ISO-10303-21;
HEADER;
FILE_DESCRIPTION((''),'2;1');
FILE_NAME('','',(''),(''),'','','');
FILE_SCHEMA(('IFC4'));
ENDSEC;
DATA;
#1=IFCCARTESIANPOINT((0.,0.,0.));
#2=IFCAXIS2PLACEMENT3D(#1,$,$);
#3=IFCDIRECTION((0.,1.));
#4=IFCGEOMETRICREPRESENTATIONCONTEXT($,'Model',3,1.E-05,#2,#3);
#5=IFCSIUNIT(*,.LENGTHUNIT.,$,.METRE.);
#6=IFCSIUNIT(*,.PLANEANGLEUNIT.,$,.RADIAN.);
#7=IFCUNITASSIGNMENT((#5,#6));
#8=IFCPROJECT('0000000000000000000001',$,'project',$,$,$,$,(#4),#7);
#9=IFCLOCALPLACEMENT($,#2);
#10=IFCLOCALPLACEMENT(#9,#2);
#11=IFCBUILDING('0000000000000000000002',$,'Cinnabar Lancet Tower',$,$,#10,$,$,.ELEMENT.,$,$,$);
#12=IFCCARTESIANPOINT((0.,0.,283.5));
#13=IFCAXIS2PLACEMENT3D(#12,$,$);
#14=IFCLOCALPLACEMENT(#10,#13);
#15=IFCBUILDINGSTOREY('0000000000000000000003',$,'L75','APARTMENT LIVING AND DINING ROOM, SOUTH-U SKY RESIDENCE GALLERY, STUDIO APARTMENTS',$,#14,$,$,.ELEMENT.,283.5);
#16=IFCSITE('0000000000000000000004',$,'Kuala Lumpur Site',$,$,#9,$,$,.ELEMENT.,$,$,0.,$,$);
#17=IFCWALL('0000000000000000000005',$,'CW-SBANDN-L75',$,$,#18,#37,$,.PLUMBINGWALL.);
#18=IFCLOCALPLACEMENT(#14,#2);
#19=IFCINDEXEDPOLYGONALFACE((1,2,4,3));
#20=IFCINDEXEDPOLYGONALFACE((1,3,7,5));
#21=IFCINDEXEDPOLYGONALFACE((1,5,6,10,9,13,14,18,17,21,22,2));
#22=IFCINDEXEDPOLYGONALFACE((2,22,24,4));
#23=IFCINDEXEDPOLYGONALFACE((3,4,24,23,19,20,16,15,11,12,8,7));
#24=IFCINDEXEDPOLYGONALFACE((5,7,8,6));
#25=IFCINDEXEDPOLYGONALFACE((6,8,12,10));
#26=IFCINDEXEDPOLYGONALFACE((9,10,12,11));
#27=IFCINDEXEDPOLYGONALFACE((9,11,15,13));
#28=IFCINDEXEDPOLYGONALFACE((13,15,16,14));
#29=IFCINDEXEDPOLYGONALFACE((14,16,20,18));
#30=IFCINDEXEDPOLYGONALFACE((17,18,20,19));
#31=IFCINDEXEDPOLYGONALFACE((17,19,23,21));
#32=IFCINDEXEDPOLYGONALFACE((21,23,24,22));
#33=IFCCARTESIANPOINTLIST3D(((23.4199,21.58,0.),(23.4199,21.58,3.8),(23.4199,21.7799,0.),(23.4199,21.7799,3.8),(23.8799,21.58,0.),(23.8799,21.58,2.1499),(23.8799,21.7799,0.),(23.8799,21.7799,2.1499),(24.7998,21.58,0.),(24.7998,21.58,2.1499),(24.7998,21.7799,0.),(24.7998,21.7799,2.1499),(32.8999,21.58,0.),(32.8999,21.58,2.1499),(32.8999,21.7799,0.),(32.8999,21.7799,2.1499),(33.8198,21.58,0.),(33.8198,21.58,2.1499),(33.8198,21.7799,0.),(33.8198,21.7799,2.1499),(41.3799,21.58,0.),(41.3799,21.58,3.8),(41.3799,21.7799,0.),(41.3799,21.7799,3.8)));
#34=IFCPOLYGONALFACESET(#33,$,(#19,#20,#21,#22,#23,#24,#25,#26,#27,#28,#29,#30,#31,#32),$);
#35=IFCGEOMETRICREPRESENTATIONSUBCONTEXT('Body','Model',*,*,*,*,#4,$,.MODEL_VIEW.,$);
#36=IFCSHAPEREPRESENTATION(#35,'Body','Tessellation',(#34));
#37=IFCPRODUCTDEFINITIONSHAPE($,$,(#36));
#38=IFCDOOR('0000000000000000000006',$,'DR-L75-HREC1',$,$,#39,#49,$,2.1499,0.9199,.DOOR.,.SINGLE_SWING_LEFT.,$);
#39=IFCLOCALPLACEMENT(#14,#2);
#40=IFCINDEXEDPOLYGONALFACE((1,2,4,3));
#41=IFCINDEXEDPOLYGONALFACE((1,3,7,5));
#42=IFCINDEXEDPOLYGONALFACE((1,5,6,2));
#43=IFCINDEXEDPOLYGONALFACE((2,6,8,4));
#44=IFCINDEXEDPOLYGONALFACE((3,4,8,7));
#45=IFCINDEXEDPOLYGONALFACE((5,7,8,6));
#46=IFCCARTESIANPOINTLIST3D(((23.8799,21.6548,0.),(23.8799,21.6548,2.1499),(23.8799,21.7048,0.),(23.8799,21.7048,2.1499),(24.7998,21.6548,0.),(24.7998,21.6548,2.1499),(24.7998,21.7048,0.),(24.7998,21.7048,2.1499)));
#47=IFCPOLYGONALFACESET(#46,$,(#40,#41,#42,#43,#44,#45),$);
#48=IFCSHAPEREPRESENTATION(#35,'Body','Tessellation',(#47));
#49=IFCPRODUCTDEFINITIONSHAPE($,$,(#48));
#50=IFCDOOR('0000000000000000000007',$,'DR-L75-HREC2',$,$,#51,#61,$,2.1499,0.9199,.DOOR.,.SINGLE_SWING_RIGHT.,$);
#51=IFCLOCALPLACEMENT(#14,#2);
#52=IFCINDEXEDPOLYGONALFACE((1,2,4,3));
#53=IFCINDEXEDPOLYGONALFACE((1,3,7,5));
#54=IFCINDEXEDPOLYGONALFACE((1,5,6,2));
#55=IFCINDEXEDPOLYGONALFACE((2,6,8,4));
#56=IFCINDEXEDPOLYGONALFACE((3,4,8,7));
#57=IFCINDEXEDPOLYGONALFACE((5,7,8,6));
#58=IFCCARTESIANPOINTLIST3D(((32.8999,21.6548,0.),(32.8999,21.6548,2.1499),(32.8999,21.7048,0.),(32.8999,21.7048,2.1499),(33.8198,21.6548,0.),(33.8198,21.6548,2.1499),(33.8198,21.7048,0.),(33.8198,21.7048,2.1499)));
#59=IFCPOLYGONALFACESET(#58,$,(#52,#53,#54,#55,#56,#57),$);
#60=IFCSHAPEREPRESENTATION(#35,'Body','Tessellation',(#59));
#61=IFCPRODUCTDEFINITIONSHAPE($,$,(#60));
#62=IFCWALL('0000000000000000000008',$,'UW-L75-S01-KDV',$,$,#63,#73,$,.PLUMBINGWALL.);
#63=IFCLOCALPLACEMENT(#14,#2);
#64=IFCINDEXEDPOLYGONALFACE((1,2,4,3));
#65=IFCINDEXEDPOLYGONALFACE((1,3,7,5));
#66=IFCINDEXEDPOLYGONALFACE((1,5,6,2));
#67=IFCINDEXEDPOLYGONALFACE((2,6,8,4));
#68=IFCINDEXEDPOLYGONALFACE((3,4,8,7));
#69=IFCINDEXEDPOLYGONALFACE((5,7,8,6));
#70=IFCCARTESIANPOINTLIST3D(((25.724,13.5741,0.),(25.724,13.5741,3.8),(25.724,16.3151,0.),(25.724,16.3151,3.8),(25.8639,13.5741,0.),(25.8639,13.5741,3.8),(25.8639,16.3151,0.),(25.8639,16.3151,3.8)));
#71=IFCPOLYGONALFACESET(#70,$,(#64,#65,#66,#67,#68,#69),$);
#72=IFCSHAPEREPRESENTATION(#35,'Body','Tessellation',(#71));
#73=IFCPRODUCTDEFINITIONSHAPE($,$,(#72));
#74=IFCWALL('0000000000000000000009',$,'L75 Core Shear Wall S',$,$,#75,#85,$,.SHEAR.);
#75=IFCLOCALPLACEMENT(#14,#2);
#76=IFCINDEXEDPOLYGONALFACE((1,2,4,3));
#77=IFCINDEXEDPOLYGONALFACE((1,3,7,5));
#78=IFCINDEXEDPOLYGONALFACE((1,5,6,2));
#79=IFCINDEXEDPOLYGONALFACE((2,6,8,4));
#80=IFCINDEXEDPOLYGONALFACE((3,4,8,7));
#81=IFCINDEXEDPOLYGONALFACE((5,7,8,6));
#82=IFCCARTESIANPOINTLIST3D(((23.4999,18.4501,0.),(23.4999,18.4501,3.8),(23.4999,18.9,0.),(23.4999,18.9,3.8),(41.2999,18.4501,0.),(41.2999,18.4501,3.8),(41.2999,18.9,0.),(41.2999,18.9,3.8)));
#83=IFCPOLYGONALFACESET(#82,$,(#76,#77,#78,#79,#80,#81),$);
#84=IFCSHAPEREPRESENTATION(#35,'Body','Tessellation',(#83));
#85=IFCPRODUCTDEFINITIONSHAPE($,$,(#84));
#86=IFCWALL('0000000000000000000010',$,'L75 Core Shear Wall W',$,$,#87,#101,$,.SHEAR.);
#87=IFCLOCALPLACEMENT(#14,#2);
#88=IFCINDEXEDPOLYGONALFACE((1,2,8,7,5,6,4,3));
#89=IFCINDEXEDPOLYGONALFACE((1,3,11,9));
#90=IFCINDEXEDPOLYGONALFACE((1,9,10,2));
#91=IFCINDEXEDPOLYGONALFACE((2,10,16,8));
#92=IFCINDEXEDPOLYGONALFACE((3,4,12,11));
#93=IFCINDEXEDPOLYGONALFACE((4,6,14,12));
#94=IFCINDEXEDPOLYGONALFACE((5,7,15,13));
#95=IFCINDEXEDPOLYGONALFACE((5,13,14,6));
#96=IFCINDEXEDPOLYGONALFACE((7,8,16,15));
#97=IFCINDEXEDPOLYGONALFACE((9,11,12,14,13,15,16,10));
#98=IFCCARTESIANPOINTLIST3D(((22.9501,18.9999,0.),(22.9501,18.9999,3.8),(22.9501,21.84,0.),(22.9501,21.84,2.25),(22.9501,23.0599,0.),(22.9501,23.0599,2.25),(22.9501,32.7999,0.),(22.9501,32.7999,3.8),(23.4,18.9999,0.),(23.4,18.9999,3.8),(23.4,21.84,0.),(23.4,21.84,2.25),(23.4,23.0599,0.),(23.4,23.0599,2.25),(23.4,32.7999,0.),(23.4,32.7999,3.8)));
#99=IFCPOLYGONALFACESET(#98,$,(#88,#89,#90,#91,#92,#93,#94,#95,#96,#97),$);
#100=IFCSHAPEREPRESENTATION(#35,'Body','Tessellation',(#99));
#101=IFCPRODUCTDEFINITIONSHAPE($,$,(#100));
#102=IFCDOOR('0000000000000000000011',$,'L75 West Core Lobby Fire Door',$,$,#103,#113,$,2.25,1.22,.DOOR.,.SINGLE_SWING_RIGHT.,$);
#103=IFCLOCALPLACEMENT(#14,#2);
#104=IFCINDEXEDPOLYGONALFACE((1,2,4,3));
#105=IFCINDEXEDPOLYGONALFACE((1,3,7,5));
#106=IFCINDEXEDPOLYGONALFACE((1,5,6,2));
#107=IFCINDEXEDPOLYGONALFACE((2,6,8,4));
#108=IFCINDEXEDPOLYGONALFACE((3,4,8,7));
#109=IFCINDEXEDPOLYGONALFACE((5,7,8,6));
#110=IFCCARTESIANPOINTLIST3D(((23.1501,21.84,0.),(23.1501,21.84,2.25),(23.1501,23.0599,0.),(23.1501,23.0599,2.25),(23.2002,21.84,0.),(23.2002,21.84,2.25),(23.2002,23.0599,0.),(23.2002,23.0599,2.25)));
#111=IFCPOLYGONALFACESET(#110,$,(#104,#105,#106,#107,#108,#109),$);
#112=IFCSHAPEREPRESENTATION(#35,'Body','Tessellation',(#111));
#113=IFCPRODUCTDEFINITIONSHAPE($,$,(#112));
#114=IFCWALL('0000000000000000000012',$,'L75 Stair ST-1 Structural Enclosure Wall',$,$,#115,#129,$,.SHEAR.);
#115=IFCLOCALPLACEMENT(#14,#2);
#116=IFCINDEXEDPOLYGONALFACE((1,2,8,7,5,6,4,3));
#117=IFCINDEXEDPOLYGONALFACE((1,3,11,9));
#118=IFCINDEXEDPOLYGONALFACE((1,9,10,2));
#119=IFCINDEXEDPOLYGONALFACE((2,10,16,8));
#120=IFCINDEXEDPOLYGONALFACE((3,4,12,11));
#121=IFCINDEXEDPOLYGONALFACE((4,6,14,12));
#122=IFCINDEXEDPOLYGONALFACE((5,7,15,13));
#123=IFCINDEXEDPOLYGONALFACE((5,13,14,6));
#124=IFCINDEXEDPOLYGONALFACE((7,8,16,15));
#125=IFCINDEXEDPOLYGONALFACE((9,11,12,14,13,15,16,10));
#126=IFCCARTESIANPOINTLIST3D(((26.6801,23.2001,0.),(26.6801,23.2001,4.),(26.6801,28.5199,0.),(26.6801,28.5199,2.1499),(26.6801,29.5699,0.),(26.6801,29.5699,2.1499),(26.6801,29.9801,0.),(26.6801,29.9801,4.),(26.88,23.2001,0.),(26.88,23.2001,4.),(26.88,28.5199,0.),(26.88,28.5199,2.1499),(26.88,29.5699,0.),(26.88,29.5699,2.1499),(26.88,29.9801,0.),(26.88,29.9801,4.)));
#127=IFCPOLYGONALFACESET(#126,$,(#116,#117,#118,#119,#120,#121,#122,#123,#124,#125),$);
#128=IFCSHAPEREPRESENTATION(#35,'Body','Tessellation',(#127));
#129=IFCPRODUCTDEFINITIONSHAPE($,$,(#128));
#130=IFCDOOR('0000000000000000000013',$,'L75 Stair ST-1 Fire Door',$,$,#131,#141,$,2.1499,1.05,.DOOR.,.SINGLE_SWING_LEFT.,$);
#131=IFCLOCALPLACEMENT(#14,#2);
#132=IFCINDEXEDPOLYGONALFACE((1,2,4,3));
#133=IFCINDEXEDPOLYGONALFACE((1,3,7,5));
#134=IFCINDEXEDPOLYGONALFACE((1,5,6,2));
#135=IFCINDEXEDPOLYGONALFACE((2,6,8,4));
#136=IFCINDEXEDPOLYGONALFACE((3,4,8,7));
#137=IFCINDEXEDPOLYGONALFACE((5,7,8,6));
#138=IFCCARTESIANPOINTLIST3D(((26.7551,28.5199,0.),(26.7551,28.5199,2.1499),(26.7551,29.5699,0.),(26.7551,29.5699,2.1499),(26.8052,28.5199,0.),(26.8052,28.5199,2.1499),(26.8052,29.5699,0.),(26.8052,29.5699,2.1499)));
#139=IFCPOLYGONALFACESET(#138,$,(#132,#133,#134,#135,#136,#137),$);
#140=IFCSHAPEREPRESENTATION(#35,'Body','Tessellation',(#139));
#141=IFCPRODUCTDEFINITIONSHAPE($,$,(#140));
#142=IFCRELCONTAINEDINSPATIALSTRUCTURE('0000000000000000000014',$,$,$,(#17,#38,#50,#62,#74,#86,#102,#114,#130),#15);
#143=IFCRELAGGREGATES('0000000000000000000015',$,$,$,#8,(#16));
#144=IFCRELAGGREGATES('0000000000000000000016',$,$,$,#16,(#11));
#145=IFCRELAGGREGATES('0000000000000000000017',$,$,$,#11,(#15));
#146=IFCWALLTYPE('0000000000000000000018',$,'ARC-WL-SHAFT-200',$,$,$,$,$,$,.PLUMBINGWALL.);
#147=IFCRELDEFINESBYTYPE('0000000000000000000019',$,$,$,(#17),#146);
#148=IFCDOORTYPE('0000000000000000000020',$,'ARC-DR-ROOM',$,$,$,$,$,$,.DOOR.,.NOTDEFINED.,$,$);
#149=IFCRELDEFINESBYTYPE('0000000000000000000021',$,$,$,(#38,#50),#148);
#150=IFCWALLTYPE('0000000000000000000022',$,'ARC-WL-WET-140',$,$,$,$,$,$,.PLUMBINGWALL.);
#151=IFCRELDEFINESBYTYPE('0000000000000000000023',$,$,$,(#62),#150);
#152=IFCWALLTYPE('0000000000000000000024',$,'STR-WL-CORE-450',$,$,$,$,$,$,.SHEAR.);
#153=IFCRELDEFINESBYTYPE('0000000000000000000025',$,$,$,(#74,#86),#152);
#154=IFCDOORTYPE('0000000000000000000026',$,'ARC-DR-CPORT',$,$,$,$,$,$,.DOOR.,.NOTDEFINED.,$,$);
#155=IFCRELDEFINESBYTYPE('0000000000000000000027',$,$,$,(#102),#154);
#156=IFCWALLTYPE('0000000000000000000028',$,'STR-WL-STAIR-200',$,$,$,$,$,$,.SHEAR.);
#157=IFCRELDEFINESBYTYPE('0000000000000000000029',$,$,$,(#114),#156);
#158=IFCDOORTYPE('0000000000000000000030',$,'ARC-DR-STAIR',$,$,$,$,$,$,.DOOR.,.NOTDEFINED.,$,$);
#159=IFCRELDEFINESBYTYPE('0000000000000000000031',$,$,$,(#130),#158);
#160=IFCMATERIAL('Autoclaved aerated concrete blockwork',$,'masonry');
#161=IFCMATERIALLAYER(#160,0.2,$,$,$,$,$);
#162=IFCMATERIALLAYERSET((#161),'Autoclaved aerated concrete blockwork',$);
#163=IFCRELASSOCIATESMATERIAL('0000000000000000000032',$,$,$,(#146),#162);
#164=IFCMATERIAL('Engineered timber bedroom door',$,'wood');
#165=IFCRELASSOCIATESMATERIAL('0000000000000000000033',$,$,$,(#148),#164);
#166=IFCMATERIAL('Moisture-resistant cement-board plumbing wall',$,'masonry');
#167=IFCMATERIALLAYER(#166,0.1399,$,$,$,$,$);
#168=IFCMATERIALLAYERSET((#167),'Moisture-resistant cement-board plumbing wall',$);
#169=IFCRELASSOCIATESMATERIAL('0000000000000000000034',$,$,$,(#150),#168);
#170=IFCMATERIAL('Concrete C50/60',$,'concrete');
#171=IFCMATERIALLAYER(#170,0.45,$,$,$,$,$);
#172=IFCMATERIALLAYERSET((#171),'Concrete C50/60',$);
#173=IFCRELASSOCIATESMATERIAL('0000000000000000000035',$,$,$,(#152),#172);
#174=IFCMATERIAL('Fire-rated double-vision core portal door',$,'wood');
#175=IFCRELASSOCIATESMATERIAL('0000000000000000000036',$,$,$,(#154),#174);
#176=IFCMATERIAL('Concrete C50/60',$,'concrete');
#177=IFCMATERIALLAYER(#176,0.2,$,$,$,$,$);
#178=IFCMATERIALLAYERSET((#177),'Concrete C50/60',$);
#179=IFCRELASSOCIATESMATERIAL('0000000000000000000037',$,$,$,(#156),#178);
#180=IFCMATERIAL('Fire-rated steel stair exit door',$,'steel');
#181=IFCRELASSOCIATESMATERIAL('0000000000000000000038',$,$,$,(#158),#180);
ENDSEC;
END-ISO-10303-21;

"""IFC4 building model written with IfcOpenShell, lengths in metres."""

from ifc_helpers import new_model, si_unit, direction, frame, frame_2d, origin, place, context, subcontext, project, spatial, rectangle, extrude, material, layer, layer_set, type_object, element, fill, save


model = new_model("IFC4")

# Units and contexts
model_context = context("Model", 3, precision=1e-05, world=origin(), true_north=direction((0.0, 1.0)))
body_context = subcontext(model_context, "Body", "Model", "MODEL_VIEW")
ifc_project = project(units=[si_unit("LENGTHUNIT", "METRE"), si_unit("PLANEANGLEUNIT", "RADIAN")], contexts=[model_context])

# Site, building, storey
site_placement = place(None, origin())
site = spatial("IfcSite", under=ifc_project, at=site_placement, Name="Kuala Lumpur Site", CompositionType="ELEMENT", RefElevation=0.0)
building_placement = place(site_placement, origin())
building = spatial("IfcBuilding", under=site, at=building_placement, Name="Cinnabar Lancet Tower", CompositionType="ELEMENT")
storey_placement = place(building_placement, frame((0.0, 0.0, 283.5)))
storey = spatial("IfcBuildingStorey", under=building, at=storey_placement, Name="L75", Description="APARTMENT LIVING AND DINING ROOM, SOUTH-U SKY RESIDENCE GALLERY, STUDIO APARTMENTS", CompositionType="ELEMENT", Elevation=283.5)

# Shared definitions
ifc_material_1 = material(Name="Autoclaved aerated concrete blockwork", Category="masonry")
ifc_layer_1 = layer(ifc_material_1, 0.2)
ifc_layer_set_1 = layer_set([ifc_layer_1], Name="Autoclaved aerated concrete blockwork")
wall_type_1 = type_object("IfcWallType", Name="ARC-WL-SHAFT-200", PredefinedType="PLUMBINGWALL", material=ifc_layer_set_1)

# Wall, openings, doors
wall_1_placement = place(storey_placement, frame((23.4199, 21.6799, 0.0), z_axis=(0.0, 0.0, 1.0), x_axis=(1.0, 0.0, 0.0)))
wall_1 = element("IfcWall", 1, at=wall_1_placement, inside=storey, type_object=wall_type_1, Name="CW-SBANDN-L75", PredefinedType="PLUMBINGWALL", context=body_context, shape_type="SweptSolid", body=[
    extrude(rectangle(XDim=17.96, YDim=0.2, at=frame_2d((8.98, 0.0))), origin(), (0.0, 0.0, 1.0), 3.8),
])
opening_1_placement = place(wall_1_placement, frame((0.46, 0.0, 0.0)))
opening_1 = element("IfcOpeningElement", 2, at=opening_1_placement, cuts=wall_1, PredefinedType="OPENING", context=body_context, shape_type="SweptSolid", body=[
    extrude(rectangle(XDim=0.9199, YDim=2.1499, at=frame_2d((0.46, 1.075))), frame((0.0, 0.1099, 0.0), z_axis=(0.0, -1.0, 0.0), x_axis=(1.0, 0.0, 0.0)), (0.0, 0.0, 1.0), 0.22),
])
opening_2_placement = place(wall_1_placement, frame((9.48, 0.0, 0.0)))
opening_2 = element("IfcOpeningElement", 3, at=opening_2_placement, cuts=wall_1, PredefinedType="OPENING", context=body_context, shape_type="SweptSolid", body=[
    extrude(rectangle(XDim=0.9199, YDim=2.1499, at=frame_2d((0.46, 1.075))), frame((0.0, 0.1099, 0.0), z_axis=(0.0, -1.0, 0.0), x_axis=(1.0, 0.0, 0.0)), (0.0, 0.0, 1.0), 0.22),
])
ifc_material_2 = material(Name="Engineered timber bedroom door", Category="wood")
door_type_1 = type_object("IfcDoorType", Name="ARC-DR-ROOM", OperationType="NOTDEFINED", PredefinedType="DOOR", material=ifc_material_2)
door_1_placement = place(opening_1_placement, origin())
door_1 = element("IfcDoor", 4, at=door_1_placement, inside=storey, type_object=door_type_1, Name="DR-L75-HREC1", OperationType="SINGLE_SWING_LEFT", OverallHeight=2.1499, OverallWidth=0.9199, PredefinedType="DOOR", context=body_context, shape_type="SweptSolid", body=[
    extrude(rectangle(XDim=0.9199, YDim=2.1499, at=frame_2d((0.46, 1.075))), frame((0.0, 0.0249, 0.0), z_axis=(0.0, -1.0, 0.0), x_axis=(1.0, 0.0, 0.0)), (0.0, 0.0, 1.0), 0.05),
])
fill(opening_1, door_1)
door_2_placement = place(opening_2_placement, origin())
door_2 = element("IfcDoor", 5, at=door_2_placement, inside=storey, type_object=door_type_1, Name="DR-L75-HREC2", OperationType="SINGLE_SWING_RIGHT", OverallHeight=2.1499, OverallWidth=0.9199, PredefinedType="DOOR", context=body_context, shape_type="SweptSolid", body=[
    extrude(rectangle(XDim=0.9199, YDim=2.1499, at=frame_2d((0.46, 1.075))), frame((0.0, 0.0249, 0.0), z_axis=(0.0, -1.0, 0.0), x_axis=(1.0, 0.0, 0.0)), (0.0, 0.0, 1.0), 0.05),
])
fill(opening_2, door_2)

# Walls
ifc_material_3 = material(Name="Moisture-resistant cement-board plumbing wall", Category="masonry")
ifc_layer_2 = layer(ifc_material_3, 0.1399)
ifc_layer_set_2 = layer_set([ifc_layer_2], Name="Moisture-resistant cement-board plumbing wall")
wall_type_2 = type_object("IfcWallType", Name="ARC-WL-WET-140", PredefinedType="PLUMBINGWALL", material=ifc_layer_set_2)
wall_2_placement = place(storey_placement, frame((25.7939, 13.574, 0.0), z_axis=(0.0, 0.0, 1.0), x_axis=(0.0, 1.0, 0.0)))
element("IfcWall", 6, at=wall_2_placement, inside=storey, type_object=wall_type_2, Name="UW-L75-S01-KDV", PredefinedType="PLUMBINGWALL", context=body_context, shape_type="SweptSolid", body=[
    extrude(rectangle(XDim=2.741, YDim=0.1399, at=frame_2d((1.3706, 0.0))), origin(), (0.0, 0.0, 1.0), 3.8),
])
ifc_material_4 = material(Name="Concrete C50/60", Category="concrete")
ifc_layer_3 = layer(ifc_material_4, 0.45)
ifc_layer_set_3 = layer_set([ifc_layer_3], Name="Concrete C50/60")
wall_type_3 = type_object("IfcWallType", Name="STR-WL-CORE-450", PredefinedType="SHEAR", material=ifc_layer_set_3)
wall_3_placement = place(storey_placement, frame((23.5, 18.675, 0.0), z_axis=(0.0, 0.0, 1.0), x_axis=(1.0, 0.0, 0.0)))
element("IfcWall", 7, at=wall_3_placement, inside=storey, type_object=wall_type_3, Name="L75 Core Shear Wall S", PredefinedType="SHEAR", context=body_context, shape_type="SweptSolid", body=[
    extrude(rectangle(XDim=17.8, YDim=0.45, at=frame_2d((8.8999, 0.0))), origin(), (0.0, 0.0, 1.0), 3.8),
])

# Walls, openings, doors
wall_4_placement = place(storey_placement, frame((23.175, 19.0, 0.0), z_axis=(0.0, 0.0, 1.0), x_axis=(0.0, 1.0, 0.0)))
wall_4 = element("IfcWall", 8, at=wall_4_placement, inside=storey, type_object=wall_type_3, Name="L75 Core Shear Wall W", PredefinedType="SHEAR", context=body_context, shape_type="SweptSolid", body=[
    extrude(rectangle(XDim=13.8, YDim=0.45, at=frame_2d((6.8999, 0.0))), origin(), (0.0, 0.0, 1.0), 3.8),
])
opening_3_placement = place(wall_4_placement, frame((2.8401, 0.0, 0.0)))
opening_3 = element("IfcOpeningElement", 9, at=opening_3_placement, cuts=wall_4, PredefinedType="OPENING", context=body_context, shape_type="SweptSolid", body=[
    extrude(rectangle(XDim=1.22, YDim=2.25, at=frame_2d((0.6099, 1.125))), frame((0.0, 0.2349, 0.0), z_axis=(0.0, -1.0, 0.0), x_axis=(1.0, 0.0, 0.0)), (0.0, 0.0, 1.0), 0.47),
])
ifc_material_5 = material(Name="Fire-rated double-vision core portal door", Category="wood")
door_type_2 = type_object("IfcDoorType", Name="ARC-DR-CPORT", OperationType="NOTDEFINED", PredefinedType="DOOR", material=ifc_material_5)
door_3_placement = place(opening_3_placement, origin())
door_3 = element("IfcDoor", 10, at=door_3_placement, inside=storey, type_object=door_type_2, Name="L75 West Core Lobby Fire Door", OperationType="SINGLE_SWING_RIGHT", OverallHeight=2.25, OverallWidth=1.22, PredefinedType="DOOR", context=body_context, shape_type="SweptSolid", body=[
    extrude(rectangle(XDim=1.22, YDim=2.25, at=frame_2d((0.6099, 1.125))), frame((0.0, 0.0249, 0.0), z_axis=(0.0, -1.0, 0.0), x_axis=(1.0, 0.0, 0.0)), (0.0, 0.0, 1.0), 0.05),
])
fill(opening_3, door_3)
ifc_material_6 = material(Name="Concrete C50/60", Category="concrete")
ifc_layer_4 = layer(ifc_material_6, 0.2)
ifc_layer_set_4 = layer_set([ifc_layer_4], Name="Concrete C50/60")
wall_type_4 = type_object("IfcWallType", Name="STR-WL-STAIR-200", PredefinedType="SHEAR", material=ifc_layer_set_4)
wall_5_placement = place(storey_placement, frame((26.78, 23.2, 0.0), z_axis=(0.0, 0.0, 1.0), x_axis=(0.0, 1.0, 0.0)))
wall_5 = element("IfcWall", 11, at=wall_5_placement, inside=storey, type_object=wall_type_4, Name="L75 Stair ST-1 Structural Enclosure Wall", PredefinedType="SHEAR", context=body_context, shape_type="SweptSolid", body=[
    extrude(rectangle(XDim=6.78, YDim=0.2, at=frame_2d((3.3901, 0.0))), origin(), (0.0, 0.0, 1.0), 4.0),
])
opening_4_placement = place(wall_5_placement, frame((5.3201, 0.0, 0.0)))
opening_4 = element("IfcOpeningElement", 12, at=opening_4_placement, cuts=wall_5, PredefinedType="OPENING", context=body_context, shape_type="SweptSolid", body=[
    extrude(rectangle(XDim=1.05, YDim=2.1499, at=frame_2d((0.5249, 1.075))), frame((0.0, 0.1099, 0.0), z_axis=(0.0, -1.0, 0.0), x_axis=(1.0, 0.0, 0.0)), (0.0, 0.0, 1.0), 0.22),
])
ifc_material_7 = material(Name="Fire-rated steel stair exit door", Category="steel")
door_type_3 = type_object("IfcDoorType", Name="ARC-DR-STAIR", OperationType="NOTDEFINED", PredefinedType="DOOR", material=ifc_material_7)
door_4_placement = place(opening_4_placement, origin())
door_4 = element("IfcDoor", 13, at=door_4_placement, inside=storey, type_object=door_type_3, Name="L75 Stair ST-1 Fire Door", OperationType="SINGLE_SWING_LEFT", OverallHeight=2.1499, OverallWidth=1.05, PredefinedType="DOOR", context=body_context, shape_type="SweptSolid", body=[
    extrude(rectangle(XDim=1.05, YDim=2.1499, at=frame_2d((0.5249, 1.075))), frame((0.0, 0.0249, 0.0), z_axis=(0.0, -1.0, 0.0), x_axis=(1.0, 0.0, 0.0)), (0.0, 0.0, 1.0), 0.05),
])
fill(opening_4, door_4)

save(model, "model.ifc")
